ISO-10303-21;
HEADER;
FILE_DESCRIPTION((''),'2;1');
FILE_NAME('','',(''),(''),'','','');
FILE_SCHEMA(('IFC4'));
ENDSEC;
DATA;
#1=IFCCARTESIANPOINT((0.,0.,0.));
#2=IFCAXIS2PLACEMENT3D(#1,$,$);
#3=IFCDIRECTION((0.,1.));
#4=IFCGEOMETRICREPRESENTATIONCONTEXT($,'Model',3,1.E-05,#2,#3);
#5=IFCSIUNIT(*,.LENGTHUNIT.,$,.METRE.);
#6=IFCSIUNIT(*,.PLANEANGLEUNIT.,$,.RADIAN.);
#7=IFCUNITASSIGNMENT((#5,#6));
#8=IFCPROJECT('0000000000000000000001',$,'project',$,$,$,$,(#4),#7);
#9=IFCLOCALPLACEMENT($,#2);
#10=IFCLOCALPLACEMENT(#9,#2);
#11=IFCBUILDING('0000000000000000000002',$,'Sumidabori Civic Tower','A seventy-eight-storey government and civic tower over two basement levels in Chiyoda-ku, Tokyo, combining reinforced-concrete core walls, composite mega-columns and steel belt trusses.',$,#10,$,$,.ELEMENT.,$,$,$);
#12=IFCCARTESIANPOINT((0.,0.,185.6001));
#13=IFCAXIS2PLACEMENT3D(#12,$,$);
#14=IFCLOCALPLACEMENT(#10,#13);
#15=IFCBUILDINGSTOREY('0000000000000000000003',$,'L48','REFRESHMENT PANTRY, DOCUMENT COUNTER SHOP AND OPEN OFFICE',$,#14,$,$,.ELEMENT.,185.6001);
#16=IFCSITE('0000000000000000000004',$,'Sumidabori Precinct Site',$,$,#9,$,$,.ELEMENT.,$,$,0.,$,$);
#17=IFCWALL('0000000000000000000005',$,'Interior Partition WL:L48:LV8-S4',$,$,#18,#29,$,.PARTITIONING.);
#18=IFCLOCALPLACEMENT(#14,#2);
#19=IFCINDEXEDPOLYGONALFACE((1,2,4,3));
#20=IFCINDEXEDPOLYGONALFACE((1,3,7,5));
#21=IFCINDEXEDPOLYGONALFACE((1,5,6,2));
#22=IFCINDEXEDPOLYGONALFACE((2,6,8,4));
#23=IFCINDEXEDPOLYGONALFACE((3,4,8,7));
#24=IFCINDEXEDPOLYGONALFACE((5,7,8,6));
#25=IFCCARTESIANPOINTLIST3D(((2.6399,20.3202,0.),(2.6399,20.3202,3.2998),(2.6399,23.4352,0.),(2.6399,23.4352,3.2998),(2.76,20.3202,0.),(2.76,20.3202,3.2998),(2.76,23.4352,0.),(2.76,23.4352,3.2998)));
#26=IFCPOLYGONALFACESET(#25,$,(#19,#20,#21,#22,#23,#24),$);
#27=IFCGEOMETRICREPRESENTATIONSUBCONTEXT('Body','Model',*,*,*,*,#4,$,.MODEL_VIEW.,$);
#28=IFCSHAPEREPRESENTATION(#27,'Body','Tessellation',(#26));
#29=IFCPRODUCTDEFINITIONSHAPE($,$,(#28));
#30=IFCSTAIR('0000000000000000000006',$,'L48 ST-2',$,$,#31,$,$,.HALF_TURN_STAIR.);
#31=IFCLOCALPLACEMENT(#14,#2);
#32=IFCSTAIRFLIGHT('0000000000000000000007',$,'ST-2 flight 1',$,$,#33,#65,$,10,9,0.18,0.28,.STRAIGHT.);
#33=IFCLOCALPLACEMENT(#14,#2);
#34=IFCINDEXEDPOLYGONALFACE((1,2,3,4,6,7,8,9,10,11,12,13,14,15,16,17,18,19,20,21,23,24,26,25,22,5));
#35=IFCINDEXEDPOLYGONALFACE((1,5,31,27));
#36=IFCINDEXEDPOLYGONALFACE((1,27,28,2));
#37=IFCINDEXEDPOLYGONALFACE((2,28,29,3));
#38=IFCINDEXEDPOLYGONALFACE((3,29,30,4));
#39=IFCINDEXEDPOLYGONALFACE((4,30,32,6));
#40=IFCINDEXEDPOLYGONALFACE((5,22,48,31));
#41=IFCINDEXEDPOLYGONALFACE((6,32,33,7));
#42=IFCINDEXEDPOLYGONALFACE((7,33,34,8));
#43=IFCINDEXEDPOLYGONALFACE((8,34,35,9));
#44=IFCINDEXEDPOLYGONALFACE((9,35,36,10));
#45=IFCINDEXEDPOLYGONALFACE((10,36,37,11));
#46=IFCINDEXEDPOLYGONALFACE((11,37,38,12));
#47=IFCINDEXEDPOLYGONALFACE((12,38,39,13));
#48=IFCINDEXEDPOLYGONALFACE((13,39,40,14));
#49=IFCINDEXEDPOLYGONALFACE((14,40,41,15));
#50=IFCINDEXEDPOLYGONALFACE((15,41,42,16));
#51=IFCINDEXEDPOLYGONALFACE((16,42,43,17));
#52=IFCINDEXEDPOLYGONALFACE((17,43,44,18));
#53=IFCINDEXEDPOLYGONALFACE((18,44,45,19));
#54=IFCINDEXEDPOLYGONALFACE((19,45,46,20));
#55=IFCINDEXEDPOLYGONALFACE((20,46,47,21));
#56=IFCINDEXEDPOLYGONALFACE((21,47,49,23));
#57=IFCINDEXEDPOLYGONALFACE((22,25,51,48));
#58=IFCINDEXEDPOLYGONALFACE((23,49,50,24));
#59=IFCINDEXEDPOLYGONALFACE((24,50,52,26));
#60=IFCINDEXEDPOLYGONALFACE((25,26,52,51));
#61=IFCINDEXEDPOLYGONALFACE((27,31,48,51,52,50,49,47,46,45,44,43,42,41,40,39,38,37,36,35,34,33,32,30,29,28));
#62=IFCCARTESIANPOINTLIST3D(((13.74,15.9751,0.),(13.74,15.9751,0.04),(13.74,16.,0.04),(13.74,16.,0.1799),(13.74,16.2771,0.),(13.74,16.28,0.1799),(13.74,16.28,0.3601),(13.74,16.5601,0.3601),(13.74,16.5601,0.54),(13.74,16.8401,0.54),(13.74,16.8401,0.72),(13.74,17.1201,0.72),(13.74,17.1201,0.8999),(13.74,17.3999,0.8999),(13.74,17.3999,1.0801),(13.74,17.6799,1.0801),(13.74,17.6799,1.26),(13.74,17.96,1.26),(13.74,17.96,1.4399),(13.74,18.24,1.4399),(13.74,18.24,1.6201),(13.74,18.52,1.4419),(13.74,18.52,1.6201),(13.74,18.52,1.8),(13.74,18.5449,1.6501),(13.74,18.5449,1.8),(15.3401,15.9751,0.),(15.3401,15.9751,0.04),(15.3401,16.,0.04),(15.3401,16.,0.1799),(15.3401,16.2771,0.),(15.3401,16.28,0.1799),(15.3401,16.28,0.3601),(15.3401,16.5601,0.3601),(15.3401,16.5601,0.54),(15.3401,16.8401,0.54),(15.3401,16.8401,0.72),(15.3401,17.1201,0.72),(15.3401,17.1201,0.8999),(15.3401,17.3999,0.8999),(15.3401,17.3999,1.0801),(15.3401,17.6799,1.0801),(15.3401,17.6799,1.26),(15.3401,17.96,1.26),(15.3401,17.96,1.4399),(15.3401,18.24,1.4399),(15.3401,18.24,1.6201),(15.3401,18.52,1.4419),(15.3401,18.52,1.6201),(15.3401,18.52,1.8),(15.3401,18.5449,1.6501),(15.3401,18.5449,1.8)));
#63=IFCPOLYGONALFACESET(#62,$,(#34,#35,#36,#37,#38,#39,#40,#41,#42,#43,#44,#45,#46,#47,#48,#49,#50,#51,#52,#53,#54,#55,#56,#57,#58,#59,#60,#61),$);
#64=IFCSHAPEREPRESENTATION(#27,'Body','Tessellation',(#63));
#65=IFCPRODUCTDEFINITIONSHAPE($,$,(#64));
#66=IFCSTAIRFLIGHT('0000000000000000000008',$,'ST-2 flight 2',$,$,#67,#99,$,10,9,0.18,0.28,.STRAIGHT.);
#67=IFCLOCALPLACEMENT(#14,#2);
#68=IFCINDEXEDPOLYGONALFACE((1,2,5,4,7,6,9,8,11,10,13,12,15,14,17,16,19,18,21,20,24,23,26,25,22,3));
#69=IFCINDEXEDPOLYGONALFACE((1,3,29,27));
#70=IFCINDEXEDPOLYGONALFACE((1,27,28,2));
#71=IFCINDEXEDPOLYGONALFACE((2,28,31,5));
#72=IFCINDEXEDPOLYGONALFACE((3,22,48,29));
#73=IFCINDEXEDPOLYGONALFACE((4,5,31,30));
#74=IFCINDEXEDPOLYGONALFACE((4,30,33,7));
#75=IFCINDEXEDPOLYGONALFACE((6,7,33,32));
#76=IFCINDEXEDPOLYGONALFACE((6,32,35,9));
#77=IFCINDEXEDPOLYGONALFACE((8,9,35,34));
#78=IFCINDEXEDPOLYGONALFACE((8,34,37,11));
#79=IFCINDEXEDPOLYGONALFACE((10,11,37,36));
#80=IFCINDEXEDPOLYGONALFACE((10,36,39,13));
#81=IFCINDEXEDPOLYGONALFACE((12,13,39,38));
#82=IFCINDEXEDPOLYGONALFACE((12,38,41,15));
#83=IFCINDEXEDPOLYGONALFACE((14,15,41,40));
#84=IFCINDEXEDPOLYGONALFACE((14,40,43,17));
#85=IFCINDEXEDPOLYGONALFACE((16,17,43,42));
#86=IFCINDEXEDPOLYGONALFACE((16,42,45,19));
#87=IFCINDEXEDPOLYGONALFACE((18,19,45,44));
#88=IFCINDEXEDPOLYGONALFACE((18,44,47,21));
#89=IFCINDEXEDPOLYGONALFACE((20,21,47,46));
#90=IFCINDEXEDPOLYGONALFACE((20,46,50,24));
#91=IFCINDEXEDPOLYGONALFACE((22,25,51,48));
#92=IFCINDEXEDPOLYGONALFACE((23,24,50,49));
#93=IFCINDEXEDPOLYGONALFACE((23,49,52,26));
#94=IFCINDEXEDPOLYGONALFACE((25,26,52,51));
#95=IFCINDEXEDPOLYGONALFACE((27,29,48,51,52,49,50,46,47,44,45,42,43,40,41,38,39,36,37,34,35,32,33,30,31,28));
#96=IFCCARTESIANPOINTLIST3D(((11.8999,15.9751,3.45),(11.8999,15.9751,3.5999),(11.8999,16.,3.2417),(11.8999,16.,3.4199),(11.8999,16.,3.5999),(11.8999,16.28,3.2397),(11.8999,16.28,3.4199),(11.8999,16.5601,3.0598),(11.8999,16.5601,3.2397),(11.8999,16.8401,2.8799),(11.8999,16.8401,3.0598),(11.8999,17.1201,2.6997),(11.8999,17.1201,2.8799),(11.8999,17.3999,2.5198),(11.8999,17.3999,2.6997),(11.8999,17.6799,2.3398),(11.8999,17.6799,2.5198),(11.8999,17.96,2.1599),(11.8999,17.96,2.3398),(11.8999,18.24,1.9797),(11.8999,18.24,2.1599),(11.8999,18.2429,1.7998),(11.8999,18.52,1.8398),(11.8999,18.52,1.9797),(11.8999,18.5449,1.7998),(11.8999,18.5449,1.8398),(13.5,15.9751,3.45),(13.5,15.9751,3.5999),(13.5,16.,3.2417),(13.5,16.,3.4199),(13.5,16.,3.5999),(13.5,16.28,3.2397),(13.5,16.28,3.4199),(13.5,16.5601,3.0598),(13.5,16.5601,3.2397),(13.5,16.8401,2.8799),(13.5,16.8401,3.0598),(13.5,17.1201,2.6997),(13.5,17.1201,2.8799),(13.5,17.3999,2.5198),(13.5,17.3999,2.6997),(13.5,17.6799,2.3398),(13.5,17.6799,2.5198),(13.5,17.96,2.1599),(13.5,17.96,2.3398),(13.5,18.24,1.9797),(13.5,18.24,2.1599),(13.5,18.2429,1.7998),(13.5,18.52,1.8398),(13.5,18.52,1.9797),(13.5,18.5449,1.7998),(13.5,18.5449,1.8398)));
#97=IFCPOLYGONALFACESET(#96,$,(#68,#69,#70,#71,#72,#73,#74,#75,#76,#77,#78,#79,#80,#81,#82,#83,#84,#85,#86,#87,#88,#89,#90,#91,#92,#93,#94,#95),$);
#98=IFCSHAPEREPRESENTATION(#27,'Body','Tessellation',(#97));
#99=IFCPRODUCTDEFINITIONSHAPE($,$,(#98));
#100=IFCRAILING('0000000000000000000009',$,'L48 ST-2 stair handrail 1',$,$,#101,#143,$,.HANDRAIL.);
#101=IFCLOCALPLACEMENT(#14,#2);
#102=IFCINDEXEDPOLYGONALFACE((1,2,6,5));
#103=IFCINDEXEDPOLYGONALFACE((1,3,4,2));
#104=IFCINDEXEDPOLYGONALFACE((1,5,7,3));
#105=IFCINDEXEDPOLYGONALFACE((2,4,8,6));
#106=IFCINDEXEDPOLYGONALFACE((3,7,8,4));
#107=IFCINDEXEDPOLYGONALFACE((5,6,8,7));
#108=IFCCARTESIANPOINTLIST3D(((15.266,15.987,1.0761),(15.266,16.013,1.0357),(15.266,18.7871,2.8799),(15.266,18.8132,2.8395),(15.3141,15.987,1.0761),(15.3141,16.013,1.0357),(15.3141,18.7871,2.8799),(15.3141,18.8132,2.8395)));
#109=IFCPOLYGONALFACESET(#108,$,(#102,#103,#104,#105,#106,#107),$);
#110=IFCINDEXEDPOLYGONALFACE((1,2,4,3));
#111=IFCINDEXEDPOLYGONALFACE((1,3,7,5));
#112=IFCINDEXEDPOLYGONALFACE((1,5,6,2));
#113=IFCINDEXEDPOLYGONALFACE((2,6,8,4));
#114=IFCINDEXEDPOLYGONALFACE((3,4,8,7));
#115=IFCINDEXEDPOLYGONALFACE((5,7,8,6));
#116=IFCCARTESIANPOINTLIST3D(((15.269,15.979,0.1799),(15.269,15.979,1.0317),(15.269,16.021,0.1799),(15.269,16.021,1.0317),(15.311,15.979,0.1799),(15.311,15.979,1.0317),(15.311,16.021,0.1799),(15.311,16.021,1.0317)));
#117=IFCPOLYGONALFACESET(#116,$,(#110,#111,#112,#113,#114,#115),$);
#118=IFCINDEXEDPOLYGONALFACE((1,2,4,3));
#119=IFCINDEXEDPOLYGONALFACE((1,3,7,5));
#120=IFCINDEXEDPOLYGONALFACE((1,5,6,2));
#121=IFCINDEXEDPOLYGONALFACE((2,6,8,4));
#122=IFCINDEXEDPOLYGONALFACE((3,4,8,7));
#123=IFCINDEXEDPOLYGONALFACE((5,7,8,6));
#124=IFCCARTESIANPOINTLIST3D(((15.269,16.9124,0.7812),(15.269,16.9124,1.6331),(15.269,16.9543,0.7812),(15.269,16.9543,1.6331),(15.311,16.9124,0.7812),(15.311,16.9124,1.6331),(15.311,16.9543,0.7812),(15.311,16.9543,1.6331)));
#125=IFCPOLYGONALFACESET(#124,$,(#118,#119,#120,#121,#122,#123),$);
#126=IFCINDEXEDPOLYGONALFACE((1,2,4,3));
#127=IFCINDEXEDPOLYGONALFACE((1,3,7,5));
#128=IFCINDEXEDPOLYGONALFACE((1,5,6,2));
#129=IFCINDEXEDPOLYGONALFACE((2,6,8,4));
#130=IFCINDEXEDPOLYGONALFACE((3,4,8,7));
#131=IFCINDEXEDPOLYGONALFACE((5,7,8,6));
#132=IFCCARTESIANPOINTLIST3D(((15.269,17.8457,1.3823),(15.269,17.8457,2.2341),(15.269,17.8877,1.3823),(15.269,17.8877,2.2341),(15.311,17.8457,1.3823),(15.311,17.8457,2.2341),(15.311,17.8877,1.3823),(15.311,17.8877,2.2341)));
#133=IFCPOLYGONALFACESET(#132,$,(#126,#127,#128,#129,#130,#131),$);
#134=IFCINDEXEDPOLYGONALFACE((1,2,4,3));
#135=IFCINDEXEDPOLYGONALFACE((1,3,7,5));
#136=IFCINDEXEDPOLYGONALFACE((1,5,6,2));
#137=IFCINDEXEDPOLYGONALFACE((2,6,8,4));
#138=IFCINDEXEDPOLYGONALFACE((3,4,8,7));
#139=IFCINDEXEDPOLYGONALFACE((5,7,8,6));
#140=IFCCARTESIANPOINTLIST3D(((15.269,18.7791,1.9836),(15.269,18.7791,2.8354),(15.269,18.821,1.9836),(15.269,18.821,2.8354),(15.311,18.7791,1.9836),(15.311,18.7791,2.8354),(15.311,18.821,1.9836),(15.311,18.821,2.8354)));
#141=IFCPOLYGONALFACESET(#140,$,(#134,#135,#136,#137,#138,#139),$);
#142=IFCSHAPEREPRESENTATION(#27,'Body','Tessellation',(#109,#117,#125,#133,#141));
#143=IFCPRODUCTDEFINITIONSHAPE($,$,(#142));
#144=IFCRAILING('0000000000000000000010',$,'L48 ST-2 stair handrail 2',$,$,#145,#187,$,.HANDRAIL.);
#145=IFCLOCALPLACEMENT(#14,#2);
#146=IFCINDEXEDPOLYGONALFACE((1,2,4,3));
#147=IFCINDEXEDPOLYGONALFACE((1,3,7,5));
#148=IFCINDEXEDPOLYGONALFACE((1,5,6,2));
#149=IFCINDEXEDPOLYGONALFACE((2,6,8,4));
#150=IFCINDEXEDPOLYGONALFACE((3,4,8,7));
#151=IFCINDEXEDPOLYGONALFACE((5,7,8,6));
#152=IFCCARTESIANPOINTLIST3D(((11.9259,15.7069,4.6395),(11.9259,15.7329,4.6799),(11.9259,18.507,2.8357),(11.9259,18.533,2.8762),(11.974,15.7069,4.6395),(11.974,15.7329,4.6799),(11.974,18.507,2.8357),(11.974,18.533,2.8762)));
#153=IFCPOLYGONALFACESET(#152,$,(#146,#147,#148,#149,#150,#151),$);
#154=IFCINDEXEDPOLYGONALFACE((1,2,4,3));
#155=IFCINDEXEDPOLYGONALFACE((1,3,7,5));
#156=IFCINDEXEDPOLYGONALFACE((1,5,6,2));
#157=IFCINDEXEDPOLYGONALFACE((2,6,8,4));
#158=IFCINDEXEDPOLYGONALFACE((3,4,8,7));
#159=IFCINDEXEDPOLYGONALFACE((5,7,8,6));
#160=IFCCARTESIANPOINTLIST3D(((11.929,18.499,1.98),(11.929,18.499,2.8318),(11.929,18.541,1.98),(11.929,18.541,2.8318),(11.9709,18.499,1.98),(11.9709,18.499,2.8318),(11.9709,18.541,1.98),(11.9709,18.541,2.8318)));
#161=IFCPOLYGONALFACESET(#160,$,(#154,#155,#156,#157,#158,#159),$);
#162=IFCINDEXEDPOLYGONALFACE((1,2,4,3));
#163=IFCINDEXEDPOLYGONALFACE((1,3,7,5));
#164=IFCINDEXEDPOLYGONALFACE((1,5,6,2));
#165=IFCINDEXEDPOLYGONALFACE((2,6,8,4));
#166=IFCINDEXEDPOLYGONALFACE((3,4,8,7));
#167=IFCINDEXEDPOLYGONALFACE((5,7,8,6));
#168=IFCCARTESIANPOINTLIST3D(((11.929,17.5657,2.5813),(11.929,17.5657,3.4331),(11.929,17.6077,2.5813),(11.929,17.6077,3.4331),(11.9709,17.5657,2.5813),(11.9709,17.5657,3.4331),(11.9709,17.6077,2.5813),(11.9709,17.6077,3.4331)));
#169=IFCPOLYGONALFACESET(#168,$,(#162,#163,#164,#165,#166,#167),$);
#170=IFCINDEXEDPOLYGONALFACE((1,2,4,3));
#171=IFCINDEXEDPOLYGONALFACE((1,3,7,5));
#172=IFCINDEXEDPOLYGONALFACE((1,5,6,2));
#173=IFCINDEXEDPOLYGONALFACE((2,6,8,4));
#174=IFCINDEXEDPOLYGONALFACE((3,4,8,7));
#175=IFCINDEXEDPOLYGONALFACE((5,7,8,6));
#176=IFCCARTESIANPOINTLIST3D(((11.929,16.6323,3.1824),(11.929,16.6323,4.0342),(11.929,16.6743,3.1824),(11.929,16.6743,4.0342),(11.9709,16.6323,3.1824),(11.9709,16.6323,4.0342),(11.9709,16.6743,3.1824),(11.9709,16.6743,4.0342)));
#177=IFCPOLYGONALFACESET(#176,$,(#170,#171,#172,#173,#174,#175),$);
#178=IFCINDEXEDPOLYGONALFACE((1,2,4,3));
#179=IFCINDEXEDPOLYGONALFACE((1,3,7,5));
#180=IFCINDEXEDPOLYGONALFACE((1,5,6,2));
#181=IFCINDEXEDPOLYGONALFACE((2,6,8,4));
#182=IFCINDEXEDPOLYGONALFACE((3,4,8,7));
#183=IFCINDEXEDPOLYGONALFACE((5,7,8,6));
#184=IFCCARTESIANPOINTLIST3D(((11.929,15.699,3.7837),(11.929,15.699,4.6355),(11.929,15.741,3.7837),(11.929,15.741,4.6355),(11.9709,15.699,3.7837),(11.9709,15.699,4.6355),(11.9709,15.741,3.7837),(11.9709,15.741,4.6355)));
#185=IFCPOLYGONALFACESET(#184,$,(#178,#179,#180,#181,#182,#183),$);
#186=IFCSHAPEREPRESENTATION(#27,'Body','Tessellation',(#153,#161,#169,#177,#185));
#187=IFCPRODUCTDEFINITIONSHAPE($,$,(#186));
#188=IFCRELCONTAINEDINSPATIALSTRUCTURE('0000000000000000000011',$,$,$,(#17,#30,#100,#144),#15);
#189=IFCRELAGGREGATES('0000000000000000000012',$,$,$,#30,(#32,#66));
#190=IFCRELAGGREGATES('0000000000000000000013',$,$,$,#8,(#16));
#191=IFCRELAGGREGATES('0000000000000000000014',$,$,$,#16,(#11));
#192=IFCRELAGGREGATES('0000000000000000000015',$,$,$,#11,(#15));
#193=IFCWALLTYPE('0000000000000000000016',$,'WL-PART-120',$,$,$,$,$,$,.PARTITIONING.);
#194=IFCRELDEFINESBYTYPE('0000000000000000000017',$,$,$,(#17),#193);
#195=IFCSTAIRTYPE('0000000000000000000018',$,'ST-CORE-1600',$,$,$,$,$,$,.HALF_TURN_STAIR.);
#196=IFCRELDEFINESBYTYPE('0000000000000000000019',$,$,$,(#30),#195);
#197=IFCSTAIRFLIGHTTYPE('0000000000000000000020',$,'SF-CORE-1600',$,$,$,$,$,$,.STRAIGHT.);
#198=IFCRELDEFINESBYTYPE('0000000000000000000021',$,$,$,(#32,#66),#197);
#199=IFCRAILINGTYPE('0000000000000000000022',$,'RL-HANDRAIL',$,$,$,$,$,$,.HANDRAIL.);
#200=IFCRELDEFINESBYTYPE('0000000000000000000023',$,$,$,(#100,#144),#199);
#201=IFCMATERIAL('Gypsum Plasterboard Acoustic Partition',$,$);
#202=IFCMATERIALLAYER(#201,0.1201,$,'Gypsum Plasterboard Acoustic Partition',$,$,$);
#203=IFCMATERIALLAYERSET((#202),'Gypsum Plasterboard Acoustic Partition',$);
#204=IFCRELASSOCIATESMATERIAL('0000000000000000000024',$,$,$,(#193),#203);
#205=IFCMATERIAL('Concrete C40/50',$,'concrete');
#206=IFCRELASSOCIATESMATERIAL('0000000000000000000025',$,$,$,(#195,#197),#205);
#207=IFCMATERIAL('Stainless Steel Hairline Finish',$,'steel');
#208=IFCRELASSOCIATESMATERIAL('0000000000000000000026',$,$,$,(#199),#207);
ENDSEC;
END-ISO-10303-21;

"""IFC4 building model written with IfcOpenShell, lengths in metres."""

from ifc_helpers import new_model, si_unit, direction, frame, frame_2d, origin, origin_2d, place, context, subcontext, project, spatial, polyline, rectangle, outline, extrude, source, transform, mapped, material, layer, layer_set, type_object, element, aggregate, save


model = new_model("IFC4")

# Units and contexts
model_context = context("Model", 3, precision=1e-05, world=origin(), true_north=direction((0.0, 1.0)))
body_context = subcontext(model_context, "Body", "Model", "MODEL_VIEW")
ifc_project = project(units=[si_unit("LENGTHUNIT", "METRE"), si_unit("PLANEANGLEUNIT", "RADIAN")], contexts=[model_context])

# Site, building, storey
site_placement = place(None, origin())
site = spatial("IfcSite", under=ifc_project, at=site_placement, Name="Sumidabori Precinct Site", CompositionType="ELEMENT", RefElevation=0.0)
building_placement = place(site_placement, origin())
building = spatial("IfcBuilding", under=site, at=building_placement, Name="Sumidabori Civic Tower", Description="A seventy-eight-storey government and civic tower over two basement levels in Chiyoda-ku, Tokyo, combining reinforced-concrete core walls, composite mega-columns and steel belt trusses.", CompositionType="ELEMENT")
storey_placement = place(building_placement, frame((0.0, 0.0, 185.6001)))
storey = spatial("IfcBuildingStorey", under=building, at=storey_placement, Name="L48", Description="REFRESHMENT PANTRY, DOCUMENT COUNTER SHOP AND OPEN OFFICE", CompositionType="ELEMENT", Elevation=185.6001)

# Wall
ifc_material_1 = material(Name="Gypsum Plasterboard Acoustic Partition")
ifc_layer_1 = layer(ifc_material_1, 0.1201, Name="Gypsum Plasterboard Acoustic Partition")
ifc_layer_set_1 = layer_set([ifc_layer_1], Name="Gypsum Plasterboard Acoustic Partition")
wall_type_1 = type_object("IfcWallType", Name="WL-PART-120", PredefinedType="PARTITIONING", material=ifc_layer_set_1)
shared_shape_1 = source(origin(), body_context, "Body", "SweptSolid", [
    extrude(rectangle(XDim=3.115, YDim=0.1201, at=frame_2d((1.5576, 0.0))), origin(), (0.0, 0.0, 1.0), 3.2998),
])
wall_1_placement = place(storey_placement, frame((2.7, 20.3201, 0.0), z_axis=(0.0, 0.0, 1.0), x_axis=(0.0, 1.0, 0.0)))
element("IfcWall", 1, at=wall_1_placement, inside=storey, type_object=wall_type_1, Name="Interior Partition WL:L48:LV8-S4", PredefinedType="PARTITIONING", context=body_context, shape_type="MappedRepresentation", body=[
    mapped(shared_shape_1, transform((0.0, 0.0, 0.0), x_axis=(1.0, 0.0, 0.0), y_axis=(0.0, 1.0, 0.0), z_axis=(0.0, 0.0, 1.0), scale=1.0)),
])

# Stair, stair flights
ifc_material_2 = material(Name="Concrete C40/50", Category="concrete")
stair_type = type_object("IfcStairType", Name="ST-CORE-1600", PredefinedType="HALF_TURN_STAIR", material=ifc_material_2)
stair_placement = place(storey_placement, origin())
stair = element("IfcStair", 2, at=stair_placement, inside=storey, type_object=stair_type, Name="L48 ST-2", PredefinedType="HALF_TURN_STAIR")
stair_flight_type = type_object("IfcStairFlightType", Name="SF-CORE-1600", PredefinedType="STRAIGHT", material=ifc_material_2)
shared_shape_2 = source(origin(), body_context, "Body", "SweptSolid", [
    extrude(outline(polyline([(-0.0249, 0.0), (-0.0249, 0.04), (0.0, 0.04), (0.0, 0.1799), (0.28, 0.1799), (0.28, 0.3601), (0.5601, 0.3601), (0.5601, 0.54), (0.8401, 0.54), (0.8401, 0.72), (1.1201, 0.72), (1.1201, 0.8999), (1.3999, 0.8999), (1.3999, 1.0801), (1.6799, 1.0801), (1.6799, 1.26), (1.96, 1.26), (1.96, 1.4399), (2.24, 1.4399), (2.24, 1.6201), (2.52, 1.6201), (2.52, 1.8), (2.5449, 1.8), (2.5449, 1.6501), (2.52, 1.4419), (0.2771, 0.0), (-0.0249, 0.0)])), frame((0.0, 0.8, 0.0), z_axis=(0.0, -1.0, 0.0), x_axis=(1.0, 0.0, 0.0)), (0.0, 0.0, 1.0), 1.6001),
])
stair_flight_1_placement = place(storey_placement, frame((14.54, 16.0, 0.0), z_axis=(0.0, 0.0, 1.0), x_axis=(0.0, 1.0, 0.0)))
stair_flight_1 = element("IfcStairFlight", 3, at=stair_flight_1_placement, type_object=stair_flight_type, Name="ST-2 flight 1", NumberOfRisers=10, NumberOfTreads=9, PredefinedType="STRAIGHT", RiserHeight=0.18, TreadLength=0.28, context=body_context, shape_type="MappedRepresentation", body=[
    mapped(shared_shape_2, transform((0.0, 0.0, 0.0), x_axis=(1.0, 0.0, 0.0), y_axis=(0.0, 1.0, 0.0), z_axis=(0.0, 0.0, 1.0), scale=1.0)),
])
stair_flight_2_placement = place(storey_placement, frame((12.7, 18.52, 1.7998), z_axis=(0.0, 0.0, 1.0), x_axis=(0.0, -1.0, 0.0)))
stair_flight_2 = element("IfcStairFlight", 4, at=stair_flight_2_placement, type_object=stair_flight_type, Name="ST-2 flight 2", NumberOfRisers=10, NumberOfTreads=9, PredefinedType="STRAIGHT", RiserHeight=0.18, TreadLength=0.28, context=body_context, shape_type="MappedRepresentation", body=[
    mapped(shared_shape_2, transform((0.0, 0.0, 0.0), x_axis=(1.0, 0.0, 0.0), y_axis=(0.0, 1.0, 0.0), z_axis=(0.0, 0.0, 1.0), scale=1.0)),
])
aggregate(stair, [stair_flight_1, stair_flight_2])

# Railings
ifc_material_3 = material(Name="Stainless Steel Hairline Finish", Category="steel")
railing_type_1 = type_object("IfcRailingType", Name="RL-HANDRAIL", PredefinedType="HANDRAIL", material=ifc_material_3)
railing_1_placement = place(storey_placement, frame((15.29, 16.0, 0.1799)))
element("IfcRailing", 5, at=railing_1_placement, inside=storey, type_object=railing_type_1, Name="L48 ST-2 stair handrail 1", PredefinedType="HANDRAIL", context=body_context, shape_type="SweptSolid", body=[
    extrude(rectangle(XDim=0.0481, YDim=0.0481, at=origin_2d()), frame((0.0, 0.0, 0.876), z_axis=(0.0, 0.840676, 0.541539), x_axis=(-1.0, 0.0, 0.0)), (0.0, 0.0, 1.0), 3.3308),
    extrude(rectangle(XDim=0.042, YDim=0.042, at=origin_2d()), origin(), (0.0, 0.0, 1.0), 0.8518),
    extrude(rectangle(XDim=0.042, YDim=0.042, at=origin_2d()), frame((0.0, 0.9333, 0.6013)), (0.0, 0.0, 1.0), 0.8518),
    extrude(rectangle(XDim=0.042, YDim=0.042, at=origin_2d()), frame((0.0, 1.8667, 1.2024)), (0.0, 0.0, 1.0), 0.8518),
    extrude(rectangle(XDim=0.042, YDim=0.042, at=origin_2d()), frame((0.0, 2.8, 1.8037)), (0.0, 0.0, 1.0), 0.8518),
])
railing_2_placement = place(storey_placement, frame((11.95, 18.52, 1.98)))
element("IfcRailing", 6, at=railing_2_placement, inside=storey, type_object=railing_type_1, Name="L48 ST-2 stair handrail 2", PredefinedType="HANDRAIL", context=body_context, shape_type="SweptSolid", body=[
    extrude(rectangle(XDim=0.0481, YDim=0.0481, at=origin_2d()), frame((0.0, 0.0, 0.876), z_axis=(0.0, -0.840676, 0.541539), x_axis=(1.0, 0.0, 0.0)), (0.0, 0.0, 1.0), 3.3308),
    extrude(rectangle(XDim=0.042, YDim=0.042, at=origin_2d()), origin(), (0.0, 0.0, 1.0), 0.8518),
    extrude(rectangle(XDim=0.042, YDim=0.042, at=origin_2d()), frame((0.0, -0.9333, 0.6013)), (0.0, 0.0, 1.0), 0.8518),
    extrude(rectangle(XDim=0.042, YDim=0.042, at=origin_2d()), frame((0.0, -1.8667, 1.2024)), (0.0, 0.0, 1.0), 0.8518),
    extrude(rectangle(XDim=0.042, YDim=0.042, at=origin_2d()), frame((0.0, -2.8, 1.8037)), (0.0, 0.0, 1.0), 0.8518),
])

save(model, "model.ifc")
